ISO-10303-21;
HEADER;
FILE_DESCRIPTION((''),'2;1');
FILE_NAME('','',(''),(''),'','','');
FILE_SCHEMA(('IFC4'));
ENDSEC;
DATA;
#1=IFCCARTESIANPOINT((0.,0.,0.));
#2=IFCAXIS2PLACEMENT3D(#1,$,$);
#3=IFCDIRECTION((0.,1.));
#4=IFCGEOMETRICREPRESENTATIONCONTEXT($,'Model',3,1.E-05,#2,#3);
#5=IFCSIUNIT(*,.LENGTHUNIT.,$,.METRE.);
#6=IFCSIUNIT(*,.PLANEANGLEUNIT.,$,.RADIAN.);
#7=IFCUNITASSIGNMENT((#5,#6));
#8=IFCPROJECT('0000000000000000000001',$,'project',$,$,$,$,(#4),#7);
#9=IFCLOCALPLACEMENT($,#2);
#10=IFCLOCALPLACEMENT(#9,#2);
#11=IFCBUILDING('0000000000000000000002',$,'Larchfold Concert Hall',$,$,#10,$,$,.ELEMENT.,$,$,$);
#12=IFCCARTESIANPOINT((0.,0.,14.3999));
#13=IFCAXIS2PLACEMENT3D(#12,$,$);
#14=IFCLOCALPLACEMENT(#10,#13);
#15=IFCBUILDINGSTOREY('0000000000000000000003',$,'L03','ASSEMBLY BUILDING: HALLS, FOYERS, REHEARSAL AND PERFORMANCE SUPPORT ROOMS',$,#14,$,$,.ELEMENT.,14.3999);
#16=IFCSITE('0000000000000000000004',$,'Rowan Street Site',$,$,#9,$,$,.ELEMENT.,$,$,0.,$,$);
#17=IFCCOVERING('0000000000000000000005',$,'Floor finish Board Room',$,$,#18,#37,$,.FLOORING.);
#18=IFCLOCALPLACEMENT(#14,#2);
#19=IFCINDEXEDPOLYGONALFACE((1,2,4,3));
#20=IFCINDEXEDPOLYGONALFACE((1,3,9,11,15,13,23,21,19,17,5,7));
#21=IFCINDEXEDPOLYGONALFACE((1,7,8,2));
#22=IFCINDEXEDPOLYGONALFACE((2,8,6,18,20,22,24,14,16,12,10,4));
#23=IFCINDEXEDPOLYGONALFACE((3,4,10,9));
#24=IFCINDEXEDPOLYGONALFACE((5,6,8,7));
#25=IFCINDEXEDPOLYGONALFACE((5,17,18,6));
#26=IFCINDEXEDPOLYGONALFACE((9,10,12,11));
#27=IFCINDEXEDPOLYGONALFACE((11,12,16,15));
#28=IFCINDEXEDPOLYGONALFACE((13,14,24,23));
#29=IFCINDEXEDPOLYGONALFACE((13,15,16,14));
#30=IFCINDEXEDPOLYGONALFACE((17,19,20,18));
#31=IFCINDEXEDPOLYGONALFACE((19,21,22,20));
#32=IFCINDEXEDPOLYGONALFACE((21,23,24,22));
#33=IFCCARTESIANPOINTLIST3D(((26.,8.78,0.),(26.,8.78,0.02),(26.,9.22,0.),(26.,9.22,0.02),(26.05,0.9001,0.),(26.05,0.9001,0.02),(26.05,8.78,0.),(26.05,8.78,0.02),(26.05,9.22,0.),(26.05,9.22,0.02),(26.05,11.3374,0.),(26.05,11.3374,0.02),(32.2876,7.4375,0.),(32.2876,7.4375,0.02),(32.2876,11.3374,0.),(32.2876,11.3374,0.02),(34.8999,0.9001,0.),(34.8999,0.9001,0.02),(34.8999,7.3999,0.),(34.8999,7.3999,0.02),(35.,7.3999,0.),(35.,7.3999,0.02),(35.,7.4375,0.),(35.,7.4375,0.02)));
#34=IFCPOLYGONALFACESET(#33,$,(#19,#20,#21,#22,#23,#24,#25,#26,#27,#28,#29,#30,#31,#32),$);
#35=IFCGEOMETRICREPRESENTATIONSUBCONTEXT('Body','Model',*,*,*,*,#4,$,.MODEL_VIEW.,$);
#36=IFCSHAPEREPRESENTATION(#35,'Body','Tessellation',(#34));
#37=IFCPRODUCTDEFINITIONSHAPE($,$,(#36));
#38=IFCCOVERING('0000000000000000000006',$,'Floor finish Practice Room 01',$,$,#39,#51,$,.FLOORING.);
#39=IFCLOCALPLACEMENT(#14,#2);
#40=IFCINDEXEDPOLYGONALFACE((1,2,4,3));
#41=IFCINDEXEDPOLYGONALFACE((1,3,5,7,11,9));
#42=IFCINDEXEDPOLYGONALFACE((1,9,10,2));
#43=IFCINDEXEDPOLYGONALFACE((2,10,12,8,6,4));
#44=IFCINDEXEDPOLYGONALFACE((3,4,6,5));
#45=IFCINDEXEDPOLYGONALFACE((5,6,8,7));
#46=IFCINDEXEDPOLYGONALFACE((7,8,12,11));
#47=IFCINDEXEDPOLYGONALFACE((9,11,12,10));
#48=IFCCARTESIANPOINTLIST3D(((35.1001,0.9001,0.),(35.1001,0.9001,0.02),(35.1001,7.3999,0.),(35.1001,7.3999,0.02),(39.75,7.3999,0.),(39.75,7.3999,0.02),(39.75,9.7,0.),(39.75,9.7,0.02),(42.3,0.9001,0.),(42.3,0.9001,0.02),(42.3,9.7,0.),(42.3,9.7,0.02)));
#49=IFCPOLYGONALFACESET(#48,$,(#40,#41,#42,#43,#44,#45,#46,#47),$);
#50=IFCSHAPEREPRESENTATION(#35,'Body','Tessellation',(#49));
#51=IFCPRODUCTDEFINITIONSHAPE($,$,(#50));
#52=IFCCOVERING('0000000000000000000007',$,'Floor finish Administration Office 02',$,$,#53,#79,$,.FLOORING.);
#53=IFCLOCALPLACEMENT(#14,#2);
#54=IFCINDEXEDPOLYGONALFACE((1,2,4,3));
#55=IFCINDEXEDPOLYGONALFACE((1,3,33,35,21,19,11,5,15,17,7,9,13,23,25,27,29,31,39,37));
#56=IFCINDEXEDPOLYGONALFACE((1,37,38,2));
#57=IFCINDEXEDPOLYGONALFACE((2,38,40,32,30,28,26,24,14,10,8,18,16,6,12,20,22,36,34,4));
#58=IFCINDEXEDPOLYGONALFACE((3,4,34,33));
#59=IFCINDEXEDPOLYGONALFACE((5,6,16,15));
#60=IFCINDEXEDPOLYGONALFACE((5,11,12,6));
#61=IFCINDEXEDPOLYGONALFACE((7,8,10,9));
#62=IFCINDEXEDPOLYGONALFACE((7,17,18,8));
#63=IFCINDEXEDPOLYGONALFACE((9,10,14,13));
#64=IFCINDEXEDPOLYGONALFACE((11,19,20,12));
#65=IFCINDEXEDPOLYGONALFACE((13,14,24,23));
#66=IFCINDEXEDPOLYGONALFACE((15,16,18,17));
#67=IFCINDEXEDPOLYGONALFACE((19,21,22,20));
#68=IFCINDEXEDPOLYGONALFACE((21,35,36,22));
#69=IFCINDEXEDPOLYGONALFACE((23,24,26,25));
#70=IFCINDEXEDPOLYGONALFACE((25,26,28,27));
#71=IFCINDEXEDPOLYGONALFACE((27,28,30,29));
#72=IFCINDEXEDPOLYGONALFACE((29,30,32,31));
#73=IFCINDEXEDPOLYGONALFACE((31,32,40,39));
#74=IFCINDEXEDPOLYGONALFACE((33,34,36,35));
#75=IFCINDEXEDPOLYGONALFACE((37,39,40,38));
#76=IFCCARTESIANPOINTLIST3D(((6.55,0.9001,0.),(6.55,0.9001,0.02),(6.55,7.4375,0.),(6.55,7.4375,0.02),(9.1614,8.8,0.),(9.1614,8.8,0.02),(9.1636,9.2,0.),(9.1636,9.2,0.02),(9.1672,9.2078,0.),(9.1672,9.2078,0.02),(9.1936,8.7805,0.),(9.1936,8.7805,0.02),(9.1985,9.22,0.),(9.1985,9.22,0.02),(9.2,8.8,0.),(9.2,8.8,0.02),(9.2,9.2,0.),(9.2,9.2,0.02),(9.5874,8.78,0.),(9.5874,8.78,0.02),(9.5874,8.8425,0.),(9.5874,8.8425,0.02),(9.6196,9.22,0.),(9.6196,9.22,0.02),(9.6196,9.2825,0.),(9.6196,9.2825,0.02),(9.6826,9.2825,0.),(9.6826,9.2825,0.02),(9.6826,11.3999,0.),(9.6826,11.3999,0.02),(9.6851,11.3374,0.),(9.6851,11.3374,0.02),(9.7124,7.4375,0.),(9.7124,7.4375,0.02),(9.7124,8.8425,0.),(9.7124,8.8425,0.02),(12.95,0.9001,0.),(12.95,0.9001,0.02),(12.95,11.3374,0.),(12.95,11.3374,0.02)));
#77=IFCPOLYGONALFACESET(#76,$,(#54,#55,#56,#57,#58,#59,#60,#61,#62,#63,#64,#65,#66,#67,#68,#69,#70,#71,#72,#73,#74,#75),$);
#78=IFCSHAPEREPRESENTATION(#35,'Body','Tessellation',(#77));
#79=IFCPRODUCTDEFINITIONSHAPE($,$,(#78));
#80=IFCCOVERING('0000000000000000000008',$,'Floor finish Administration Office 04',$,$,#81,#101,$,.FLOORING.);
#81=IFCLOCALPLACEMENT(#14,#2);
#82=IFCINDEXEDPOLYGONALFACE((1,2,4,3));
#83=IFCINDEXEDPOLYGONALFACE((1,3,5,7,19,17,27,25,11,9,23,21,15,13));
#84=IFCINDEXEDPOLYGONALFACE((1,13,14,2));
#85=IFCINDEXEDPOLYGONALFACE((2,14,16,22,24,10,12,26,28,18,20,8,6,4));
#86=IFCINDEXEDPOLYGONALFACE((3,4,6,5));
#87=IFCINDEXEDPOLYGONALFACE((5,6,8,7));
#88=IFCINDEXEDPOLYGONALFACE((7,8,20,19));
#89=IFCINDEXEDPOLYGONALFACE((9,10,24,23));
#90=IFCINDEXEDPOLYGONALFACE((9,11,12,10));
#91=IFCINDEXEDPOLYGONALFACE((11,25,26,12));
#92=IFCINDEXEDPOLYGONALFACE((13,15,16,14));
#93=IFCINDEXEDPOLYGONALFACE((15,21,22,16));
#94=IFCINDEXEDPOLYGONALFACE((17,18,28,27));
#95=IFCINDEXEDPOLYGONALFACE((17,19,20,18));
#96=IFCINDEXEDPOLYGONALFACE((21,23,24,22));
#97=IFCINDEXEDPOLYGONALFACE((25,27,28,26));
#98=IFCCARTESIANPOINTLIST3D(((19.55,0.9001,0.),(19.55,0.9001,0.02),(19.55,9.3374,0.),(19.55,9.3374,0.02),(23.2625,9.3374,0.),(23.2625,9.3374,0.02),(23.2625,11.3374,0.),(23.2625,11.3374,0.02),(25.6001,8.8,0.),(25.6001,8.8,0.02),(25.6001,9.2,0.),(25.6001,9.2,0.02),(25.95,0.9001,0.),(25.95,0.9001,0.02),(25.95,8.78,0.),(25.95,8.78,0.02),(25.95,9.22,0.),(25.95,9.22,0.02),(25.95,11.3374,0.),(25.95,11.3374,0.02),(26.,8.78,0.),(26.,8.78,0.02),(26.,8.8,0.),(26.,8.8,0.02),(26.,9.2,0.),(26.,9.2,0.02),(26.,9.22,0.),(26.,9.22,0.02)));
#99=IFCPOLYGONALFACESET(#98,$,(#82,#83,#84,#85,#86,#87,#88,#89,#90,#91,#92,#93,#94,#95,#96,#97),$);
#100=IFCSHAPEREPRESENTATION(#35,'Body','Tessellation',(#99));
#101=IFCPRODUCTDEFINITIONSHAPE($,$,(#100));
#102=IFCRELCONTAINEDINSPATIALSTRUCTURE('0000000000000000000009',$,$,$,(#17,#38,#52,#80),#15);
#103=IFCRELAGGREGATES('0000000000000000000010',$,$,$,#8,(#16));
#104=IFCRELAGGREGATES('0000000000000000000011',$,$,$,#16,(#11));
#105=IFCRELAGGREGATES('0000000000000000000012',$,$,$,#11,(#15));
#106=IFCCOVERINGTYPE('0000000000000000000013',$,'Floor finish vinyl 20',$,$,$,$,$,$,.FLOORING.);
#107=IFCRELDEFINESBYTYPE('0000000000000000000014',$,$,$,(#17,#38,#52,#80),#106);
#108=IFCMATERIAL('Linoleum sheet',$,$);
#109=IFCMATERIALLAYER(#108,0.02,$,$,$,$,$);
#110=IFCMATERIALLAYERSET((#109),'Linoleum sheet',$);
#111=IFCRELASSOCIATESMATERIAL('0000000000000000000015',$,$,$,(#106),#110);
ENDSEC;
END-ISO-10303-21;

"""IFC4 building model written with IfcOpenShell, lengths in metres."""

from ifc_helpers import new_model, si_unit, direction, frame, origin, place, context, subcontext, project, spatial, polyline, outline, extrude, material, layer, layer_set, type_object, element, save


model = new_model("IFC4")

# Units and contexts
model_context = context("Model", 3, precision=1e-05, world=origin(), true_north=direction((0.0, 1.0)))
body_context = subcontext(model_context, "Body", "Model", "MODEL_VIEW")
ifc_project = project(units=[si_unit("LENGTHUNIT", "METRE"), si_unit("PLANEANGLEUNIT", "RADIAN")], contexts=[model_context])

# Site, building, storey
site_placement = place(None, origin())
site = spatial("IfcSite", under=ifc_project, at=site_placement, Name="Rowan Street Site", CompositionType="ELEMENT", RefElevation=0.0)
building_placement = place(site_placement, origin())
building = spatial("IfcBuilding", under=site, at=building_placement, Name="Larchfold Concert Hall", CompositionType="ELEMENT")
storey_placement = place(building_placement, frame((0.0, 0.0, 14.3999)))
storey = spatial("IfcBuildingStorey", under=building, at=storey_placement, Name="L03", Description="ASSEMBLY BUILDING: HALLS, FOYERS, REHEARSAL AND PERFORMANCE SUPPORT ROOMS", CompositionType="ELEMENT", Elevation=14.3999)

# Coverings
ifc_material_1 = material(Name="Linoleum sheet")
ifc_layer_1 = layer(ifc_material_1, 0.02)
ifc_layer_set_1 = layer_set([ifc_layer_1], Name="Linoleum sheet")
covering_type_1 = type_object("IfcCoveringType", Name="Floor finish vinyl 20", PredefinedType="FLOORING", material=ifc_layer_set_1)
covering_1_placement = place(storey_placement, origin())
element("IfcCovering", 1, at=covering_1_placement, inside=storey, type_object=covering_type_1, Name="Floor finish Board Room", PredefinedType="FLOORING", context=body_context, shape_type="SweptSolid", body=[
    extrude(outline(polyline([(26.0, 8.78), (26.05, 8.78), (26.05, 0.9001), (34.8999, 0.9001), (34.8999, 7.3999), (35.0, 7.3999), (35.0, 7.4375), (32.2876, 7.4375), (32.2876, 11.3374), (26.05, 11.3374), (26.05, 9.22), (26.0, 9.22), (26.0, 8.78)])), origin(), (0.0, 0.0, 1.0), 0.02),
])
covering_2_placement = place(storey_placement, origin())
element("IfcCovering", 2, at=covering_2_placement, inside=storey, type_object=covering_type_1, Name="Floor finish Practice Room 01", PredefinedType="FLOORING", context=body_context, shape_type="SweptSolid", body=[
    extrude(outline(polyline([(35.1001, 7.3999), (35.1001, 0.9001), (42.3, 0.9001), (42.3, 9.7), (39.75, 9.7), (39.75, 7.3999), (35.1001, 7.3999)])), origin(), (0.0, 0.0, 1.0), 0.02),
])
covering_3_placement = place(storey_placement, origin())
element("IfcCovering", 3, at=covering_3_placement, inside=storey, type_object=covering_type_1, Name="Floor finish Administration Office 02", PredefinedType="FLOORING", context=body_context, shape_type="SweptSolid", body=[
    extrude(outline(polyline([(6.55, 0.9001), (12.95, 0.9001), (12.95, 11.3374), (9.6851, 11.3374), (9.6826, 11.3999), (9.6826, 9.2825), (9.6196, 9.2825), (9.6196, 9.22), (9.1985, 9.22), (9.1672, 9.2078), (9.1636, 9.2), (9.2, 9.2), (9.2, 8.8), (9.1614, 8.8), (9.1936, 8.7805), (9.5874, 8.78), (9.5874, 8.8425), (9.7124, 8.8425), (9.7124, 7.4375), (6.55, 7.4375), (6.55, 0.9001)])), origin(), (0.0, 0.0, 1.0), 0.02),
])
covering_4_placement = place(storey_placement, origin())
element("IfcCovering", 4, at=covering_4_placement, inside=storey, type_object=covering_type_1, Name="Floor finish Administration Office 04", PredefinedType="FLOORING", context=body_context, shape_type="SweptSolid", body=[
    extrude(outline(polyline([(26.0, 9.2), (26.0, 9.22), (25.95, 9.22), (25.95, 11.3374), (23.2625, 11.3374), (23.2625, 9.3374), (19.55, 9.3374), (19.55, 0.9001), (25.95, 0.9001), (25.95, 8.78), (26.0, 8.78), (26.0, 8.8), (25.6001, 8.8), (25.6001, 9.2), (26.0, 9.2)])), origin(), (0.0, 0.0, 1.0), 0.02),
])

save(model, "model.ifc")
